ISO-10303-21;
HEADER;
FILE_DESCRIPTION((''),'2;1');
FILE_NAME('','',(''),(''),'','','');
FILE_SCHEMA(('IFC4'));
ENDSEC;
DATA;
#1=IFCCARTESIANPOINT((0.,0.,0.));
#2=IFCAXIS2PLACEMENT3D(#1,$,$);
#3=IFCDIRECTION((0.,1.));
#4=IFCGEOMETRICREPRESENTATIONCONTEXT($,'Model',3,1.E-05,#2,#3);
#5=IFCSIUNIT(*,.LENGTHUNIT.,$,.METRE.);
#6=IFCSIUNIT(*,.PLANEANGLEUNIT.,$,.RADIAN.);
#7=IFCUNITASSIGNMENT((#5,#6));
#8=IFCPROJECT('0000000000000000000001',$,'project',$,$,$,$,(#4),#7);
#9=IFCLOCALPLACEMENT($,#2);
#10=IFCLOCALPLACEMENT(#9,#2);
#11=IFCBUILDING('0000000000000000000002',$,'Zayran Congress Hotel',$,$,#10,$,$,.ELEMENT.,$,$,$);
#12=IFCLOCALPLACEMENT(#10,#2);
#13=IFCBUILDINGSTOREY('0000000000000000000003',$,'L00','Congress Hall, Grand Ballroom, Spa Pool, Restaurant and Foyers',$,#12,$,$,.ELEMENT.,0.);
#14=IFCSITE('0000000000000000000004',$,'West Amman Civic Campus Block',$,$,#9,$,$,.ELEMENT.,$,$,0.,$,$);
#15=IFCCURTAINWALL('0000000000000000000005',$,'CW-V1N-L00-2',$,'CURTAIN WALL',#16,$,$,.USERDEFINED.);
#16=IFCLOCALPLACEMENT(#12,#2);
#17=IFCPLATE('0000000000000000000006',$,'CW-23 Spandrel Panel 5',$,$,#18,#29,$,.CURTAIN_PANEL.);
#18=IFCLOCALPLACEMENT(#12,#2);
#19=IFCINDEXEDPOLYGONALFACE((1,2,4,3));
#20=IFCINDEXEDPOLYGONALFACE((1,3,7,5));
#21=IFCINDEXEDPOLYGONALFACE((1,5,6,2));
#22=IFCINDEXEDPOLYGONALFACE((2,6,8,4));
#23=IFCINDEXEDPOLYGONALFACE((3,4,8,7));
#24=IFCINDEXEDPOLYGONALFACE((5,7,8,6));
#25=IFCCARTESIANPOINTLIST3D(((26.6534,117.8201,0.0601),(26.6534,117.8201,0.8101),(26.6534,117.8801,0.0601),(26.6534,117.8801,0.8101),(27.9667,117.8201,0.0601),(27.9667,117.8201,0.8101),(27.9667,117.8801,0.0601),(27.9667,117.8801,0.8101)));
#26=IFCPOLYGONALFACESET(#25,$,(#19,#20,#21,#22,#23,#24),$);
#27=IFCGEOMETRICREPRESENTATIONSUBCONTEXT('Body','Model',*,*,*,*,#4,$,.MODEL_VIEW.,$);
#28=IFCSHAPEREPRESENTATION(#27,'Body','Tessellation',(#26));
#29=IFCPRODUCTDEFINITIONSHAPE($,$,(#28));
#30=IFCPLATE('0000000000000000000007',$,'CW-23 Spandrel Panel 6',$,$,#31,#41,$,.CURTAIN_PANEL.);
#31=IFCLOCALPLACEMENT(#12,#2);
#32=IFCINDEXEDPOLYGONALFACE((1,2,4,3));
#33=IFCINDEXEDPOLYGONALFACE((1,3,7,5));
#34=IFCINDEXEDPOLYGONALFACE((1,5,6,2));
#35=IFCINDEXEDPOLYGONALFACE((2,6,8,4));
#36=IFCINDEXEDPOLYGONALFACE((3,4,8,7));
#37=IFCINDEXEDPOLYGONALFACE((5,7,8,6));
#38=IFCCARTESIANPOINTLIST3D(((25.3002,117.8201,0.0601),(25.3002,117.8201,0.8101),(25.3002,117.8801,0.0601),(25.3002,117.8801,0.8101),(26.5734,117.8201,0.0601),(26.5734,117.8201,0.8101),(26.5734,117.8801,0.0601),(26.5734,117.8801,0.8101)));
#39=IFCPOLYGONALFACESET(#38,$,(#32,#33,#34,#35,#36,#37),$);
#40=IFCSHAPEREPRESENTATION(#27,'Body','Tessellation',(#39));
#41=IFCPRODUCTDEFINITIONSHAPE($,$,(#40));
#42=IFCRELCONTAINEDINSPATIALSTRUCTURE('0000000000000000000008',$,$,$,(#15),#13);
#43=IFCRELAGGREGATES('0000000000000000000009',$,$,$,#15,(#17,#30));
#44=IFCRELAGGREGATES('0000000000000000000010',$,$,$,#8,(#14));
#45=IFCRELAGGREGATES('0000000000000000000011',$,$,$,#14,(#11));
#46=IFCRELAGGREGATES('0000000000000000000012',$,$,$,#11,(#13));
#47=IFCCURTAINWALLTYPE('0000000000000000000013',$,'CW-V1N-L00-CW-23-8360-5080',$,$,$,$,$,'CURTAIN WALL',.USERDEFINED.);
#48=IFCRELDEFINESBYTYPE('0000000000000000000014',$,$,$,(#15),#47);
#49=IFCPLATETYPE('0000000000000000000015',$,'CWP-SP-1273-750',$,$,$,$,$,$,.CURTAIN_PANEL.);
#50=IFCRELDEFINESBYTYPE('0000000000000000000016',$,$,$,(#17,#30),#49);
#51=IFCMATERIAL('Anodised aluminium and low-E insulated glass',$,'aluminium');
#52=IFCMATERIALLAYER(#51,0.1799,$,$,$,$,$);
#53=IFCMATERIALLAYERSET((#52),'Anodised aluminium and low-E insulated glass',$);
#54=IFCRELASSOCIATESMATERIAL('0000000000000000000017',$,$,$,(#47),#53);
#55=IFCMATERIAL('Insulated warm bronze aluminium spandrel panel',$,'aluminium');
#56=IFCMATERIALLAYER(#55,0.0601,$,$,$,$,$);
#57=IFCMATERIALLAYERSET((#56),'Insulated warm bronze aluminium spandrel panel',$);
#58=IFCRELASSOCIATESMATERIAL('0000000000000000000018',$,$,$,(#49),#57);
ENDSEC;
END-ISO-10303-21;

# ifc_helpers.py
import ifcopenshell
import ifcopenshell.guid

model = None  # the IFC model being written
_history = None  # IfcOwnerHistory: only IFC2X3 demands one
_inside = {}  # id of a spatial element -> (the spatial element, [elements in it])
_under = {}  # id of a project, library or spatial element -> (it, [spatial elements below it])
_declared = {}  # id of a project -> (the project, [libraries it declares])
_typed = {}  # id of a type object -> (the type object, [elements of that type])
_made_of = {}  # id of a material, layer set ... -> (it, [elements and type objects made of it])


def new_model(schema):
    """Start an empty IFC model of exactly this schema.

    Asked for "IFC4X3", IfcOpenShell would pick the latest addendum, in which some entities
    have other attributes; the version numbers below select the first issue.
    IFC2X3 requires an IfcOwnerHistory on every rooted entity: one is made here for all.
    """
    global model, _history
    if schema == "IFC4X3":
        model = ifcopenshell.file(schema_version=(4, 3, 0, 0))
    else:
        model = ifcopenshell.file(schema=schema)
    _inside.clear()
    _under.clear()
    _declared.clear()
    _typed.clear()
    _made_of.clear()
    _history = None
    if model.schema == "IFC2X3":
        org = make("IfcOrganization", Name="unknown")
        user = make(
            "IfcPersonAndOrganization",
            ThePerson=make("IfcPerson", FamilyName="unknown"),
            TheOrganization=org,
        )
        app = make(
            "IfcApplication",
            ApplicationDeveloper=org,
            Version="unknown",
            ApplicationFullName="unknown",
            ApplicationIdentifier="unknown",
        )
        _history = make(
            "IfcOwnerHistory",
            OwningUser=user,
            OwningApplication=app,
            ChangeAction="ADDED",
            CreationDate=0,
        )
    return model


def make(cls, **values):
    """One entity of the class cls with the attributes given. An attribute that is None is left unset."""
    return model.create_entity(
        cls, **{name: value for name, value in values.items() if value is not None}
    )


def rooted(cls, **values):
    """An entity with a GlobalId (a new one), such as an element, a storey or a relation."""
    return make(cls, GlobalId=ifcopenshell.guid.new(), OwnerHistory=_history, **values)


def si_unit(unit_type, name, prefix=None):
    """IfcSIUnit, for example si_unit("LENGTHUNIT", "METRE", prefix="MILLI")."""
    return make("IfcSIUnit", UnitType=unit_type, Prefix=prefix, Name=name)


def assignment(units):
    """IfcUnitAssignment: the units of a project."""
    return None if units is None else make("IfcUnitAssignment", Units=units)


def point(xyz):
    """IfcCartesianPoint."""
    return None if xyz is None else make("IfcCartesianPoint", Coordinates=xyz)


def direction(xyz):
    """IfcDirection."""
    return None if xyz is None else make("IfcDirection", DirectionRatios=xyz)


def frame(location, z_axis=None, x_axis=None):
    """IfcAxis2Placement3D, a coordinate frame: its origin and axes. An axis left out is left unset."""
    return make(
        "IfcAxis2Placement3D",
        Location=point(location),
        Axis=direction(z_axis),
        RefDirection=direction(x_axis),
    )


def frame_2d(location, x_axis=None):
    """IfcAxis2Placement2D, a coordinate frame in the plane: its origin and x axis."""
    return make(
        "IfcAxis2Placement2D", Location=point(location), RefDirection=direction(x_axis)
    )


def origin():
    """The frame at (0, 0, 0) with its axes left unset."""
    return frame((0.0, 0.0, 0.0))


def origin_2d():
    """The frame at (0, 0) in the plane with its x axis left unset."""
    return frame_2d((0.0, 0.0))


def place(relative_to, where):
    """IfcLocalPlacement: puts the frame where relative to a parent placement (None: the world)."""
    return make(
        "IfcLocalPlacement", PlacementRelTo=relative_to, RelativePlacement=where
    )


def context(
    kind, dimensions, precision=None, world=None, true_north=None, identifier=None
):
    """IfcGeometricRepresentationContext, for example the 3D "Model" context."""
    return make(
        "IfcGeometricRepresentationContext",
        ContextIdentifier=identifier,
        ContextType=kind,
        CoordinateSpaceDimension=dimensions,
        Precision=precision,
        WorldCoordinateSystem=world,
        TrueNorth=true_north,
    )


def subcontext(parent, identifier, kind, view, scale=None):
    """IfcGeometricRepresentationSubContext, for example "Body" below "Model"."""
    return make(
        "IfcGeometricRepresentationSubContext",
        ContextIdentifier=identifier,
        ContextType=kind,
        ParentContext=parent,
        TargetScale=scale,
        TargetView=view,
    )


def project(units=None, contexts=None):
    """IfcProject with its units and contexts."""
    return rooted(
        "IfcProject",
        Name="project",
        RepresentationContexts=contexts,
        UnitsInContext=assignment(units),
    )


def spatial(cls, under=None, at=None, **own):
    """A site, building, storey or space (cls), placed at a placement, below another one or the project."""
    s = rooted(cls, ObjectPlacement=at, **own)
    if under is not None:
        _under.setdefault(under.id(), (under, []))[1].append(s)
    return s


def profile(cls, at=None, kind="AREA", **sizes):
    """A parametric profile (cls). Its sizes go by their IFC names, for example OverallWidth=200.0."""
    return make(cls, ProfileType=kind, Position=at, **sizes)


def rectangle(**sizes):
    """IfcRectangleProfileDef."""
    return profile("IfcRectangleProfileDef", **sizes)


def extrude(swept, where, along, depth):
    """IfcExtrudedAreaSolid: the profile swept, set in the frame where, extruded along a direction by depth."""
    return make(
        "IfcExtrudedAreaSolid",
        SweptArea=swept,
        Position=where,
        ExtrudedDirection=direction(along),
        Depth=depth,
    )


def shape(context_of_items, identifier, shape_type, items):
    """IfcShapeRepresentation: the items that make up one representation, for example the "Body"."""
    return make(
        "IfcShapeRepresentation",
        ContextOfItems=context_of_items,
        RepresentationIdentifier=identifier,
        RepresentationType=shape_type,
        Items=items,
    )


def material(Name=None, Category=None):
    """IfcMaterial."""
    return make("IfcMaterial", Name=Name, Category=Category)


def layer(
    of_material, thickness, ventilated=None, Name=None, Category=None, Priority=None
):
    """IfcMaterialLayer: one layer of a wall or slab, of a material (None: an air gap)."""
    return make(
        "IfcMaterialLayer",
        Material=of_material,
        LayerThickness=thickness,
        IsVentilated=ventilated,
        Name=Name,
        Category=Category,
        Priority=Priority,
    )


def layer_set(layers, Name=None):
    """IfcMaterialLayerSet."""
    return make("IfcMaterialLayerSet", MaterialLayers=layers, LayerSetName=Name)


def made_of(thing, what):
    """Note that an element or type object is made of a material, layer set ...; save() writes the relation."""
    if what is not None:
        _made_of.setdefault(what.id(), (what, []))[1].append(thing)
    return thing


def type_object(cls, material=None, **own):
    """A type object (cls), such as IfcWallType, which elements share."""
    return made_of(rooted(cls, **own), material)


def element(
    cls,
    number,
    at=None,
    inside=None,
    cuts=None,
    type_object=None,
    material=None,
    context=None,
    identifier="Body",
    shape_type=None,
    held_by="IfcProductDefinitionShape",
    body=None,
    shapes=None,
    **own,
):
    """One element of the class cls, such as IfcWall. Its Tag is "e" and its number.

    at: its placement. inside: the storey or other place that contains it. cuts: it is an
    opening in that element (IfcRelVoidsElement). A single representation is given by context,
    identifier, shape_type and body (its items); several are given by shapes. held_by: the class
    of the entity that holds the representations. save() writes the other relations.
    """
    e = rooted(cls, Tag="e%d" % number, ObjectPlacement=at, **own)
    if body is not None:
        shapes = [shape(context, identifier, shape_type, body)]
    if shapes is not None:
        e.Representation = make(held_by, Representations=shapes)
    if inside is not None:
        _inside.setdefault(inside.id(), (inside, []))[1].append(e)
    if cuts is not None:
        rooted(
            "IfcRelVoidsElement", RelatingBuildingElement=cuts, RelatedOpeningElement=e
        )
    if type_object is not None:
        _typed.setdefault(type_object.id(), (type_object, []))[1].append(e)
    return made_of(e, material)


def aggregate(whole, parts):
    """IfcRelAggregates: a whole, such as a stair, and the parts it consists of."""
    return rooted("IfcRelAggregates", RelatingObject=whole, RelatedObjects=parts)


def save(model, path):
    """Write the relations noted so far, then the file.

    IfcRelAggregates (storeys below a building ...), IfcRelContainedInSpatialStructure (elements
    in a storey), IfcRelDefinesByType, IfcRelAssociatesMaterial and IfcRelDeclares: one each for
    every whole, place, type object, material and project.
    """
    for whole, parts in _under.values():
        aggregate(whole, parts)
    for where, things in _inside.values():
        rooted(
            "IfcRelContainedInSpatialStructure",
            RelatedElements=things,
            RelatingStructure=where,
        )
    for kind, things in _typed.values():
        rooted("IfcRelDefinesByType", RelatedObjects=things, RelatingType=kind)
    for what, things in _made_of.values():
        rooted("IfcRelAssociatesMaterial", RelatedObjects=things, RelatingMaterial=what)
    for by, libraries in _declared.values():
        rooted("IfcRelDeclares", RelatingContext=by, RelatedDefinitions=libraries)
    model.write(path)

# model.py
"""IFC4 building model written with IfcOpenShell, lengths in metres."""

from ifc_helpers import new_model, si_unit, direction, frame, origin, origin_2d, place, context, subcontext, project, spatial, rectangle, extrude, material, layer, layer_set, type_object, element, aggregate, save


model = new_model("IFC4")

# Units and contexts
model_context = context("Model", 3, precision=1e-05, world=origin(), true_north=direction((0.0, 1.0)))
body_context = subcontext(model_context, "Body", "Model", "MODEL_VIEW")
ifc_project = project(units=[si_unit("LENGTHUNIT", "METRE"), si_unit("PLANEANGLEUNIT", "RADIAN")], contexts=[model_context])

# Site, building, storey
site_placement = place(None, origin())
site = spatial("IfcSite", under=ifc_project, at=site_placement, Name="West Amman Civic Campus Block", CompositionType="ELEMENT", RefElevation=0.0)
building_placement = place(site_placement, origin())
building = spatial("IfcBuilding", under=site, at=building_placement, Name="Zayran Congress Hotel", CompositionType="ELEMENT")
storey_placement = place(building_placement, origin())
storey = spatial("IfcBuildingStorey", under=building, at=storey_placement, Name="L00", Description="Congress Hall, Grand Ballroom, Spa Pool, Restaurant and Foyers", CompositionType="ELEMENT", Elevation=0.0)

# Curtain wall, plates
ifc_material_1 = material(Name="Anodised aluminium and low-E insulated glass", Category="aluminium")
ifc_layer_1 = layer(ifc_material_1, 0.1799)
ifc_layer_set_1 = layer_set([ifc_layer_1], Name="Anodised aluminium and low-E insulated glass")
curtain_wall_type = type_object("IfcCurtainWallType", Name="CW-V1N-L00-CW-23-8360-5080", ElementType="CURTAIN WALL", PredefinedType="USERDEFINED", material=ifc_layer_set_1)
curtain_wall_placement = place(storey_placement, origin())
curtain_wall = element("IfcCurtainWall", 1, at=curtain_wall_placement, inside=storey, type_object=curtain_wall_type, Name="CW-V1N-L00-2", ObjectType="CURTAIN WALL", PredefinedType="USERDEFINED")
ifc_material_2 = material(Name="Insulated warm bronze aluminium spandrel panel", Category="aluminium")
ifc_layer_2 = layer(ifc_material_2, 0.0601)
ifc_layer_set_2 = layer_set([ifc_layer_2], Name="Insulated warm bronze aluminium spandrel panel")
plate_type_1 = type_object("IfcPlateType", Name="CWP-SP-1273-750", PredefinedType="CURTAIN_PANEL", material=ifc_layer_set_2)
plate_1_placement = place(storey_placement, frame((27.3101, 117.8501, 0.0601), z_axis=(0.0, 0.0, 1.0), x_axis=(1.0, 0.0, 0.0)))
plate_1 = element("IfcPlate", 2, at=plate_1_placement, type_object=plate_type_1, Name="CW-23 Spandrel Panel 5", PredefinedType="CURTAIN_PANEL", context=body_context, shape_type="SweptSolid", body=[
    extrude(rectangle(XDim=1.3132, YDim=0.0601, at=origin_2d()), origin(), (0.0, 0.0, 1.0), 0.75),
])
plate_2_placement = place(storey_placement, frame((25.9368, 117.8501, 0.0601), z_axis=(0.0, 0.0, 1.0), x_axis=(1.0, 0.0, 0.0)))
plate_2 = element("IfcPlate", 3, at=plate_2_placement, type_object=plate_type_1, Name="CW-23 Spandrel Panel 6", PredefinedType="CURTAIN_PANEL", context=body_context, shape_type="SweptSolid", body=[
    extrude(rectangle(XDim=1.2732, YDim=0.0601, at=origin_2d()), origin(), (0.0, 0.0, 1.0), 0.75),
])
aggregate(curtain_wall, [plate_1, plate_2])

save(model, "model.ifc")
